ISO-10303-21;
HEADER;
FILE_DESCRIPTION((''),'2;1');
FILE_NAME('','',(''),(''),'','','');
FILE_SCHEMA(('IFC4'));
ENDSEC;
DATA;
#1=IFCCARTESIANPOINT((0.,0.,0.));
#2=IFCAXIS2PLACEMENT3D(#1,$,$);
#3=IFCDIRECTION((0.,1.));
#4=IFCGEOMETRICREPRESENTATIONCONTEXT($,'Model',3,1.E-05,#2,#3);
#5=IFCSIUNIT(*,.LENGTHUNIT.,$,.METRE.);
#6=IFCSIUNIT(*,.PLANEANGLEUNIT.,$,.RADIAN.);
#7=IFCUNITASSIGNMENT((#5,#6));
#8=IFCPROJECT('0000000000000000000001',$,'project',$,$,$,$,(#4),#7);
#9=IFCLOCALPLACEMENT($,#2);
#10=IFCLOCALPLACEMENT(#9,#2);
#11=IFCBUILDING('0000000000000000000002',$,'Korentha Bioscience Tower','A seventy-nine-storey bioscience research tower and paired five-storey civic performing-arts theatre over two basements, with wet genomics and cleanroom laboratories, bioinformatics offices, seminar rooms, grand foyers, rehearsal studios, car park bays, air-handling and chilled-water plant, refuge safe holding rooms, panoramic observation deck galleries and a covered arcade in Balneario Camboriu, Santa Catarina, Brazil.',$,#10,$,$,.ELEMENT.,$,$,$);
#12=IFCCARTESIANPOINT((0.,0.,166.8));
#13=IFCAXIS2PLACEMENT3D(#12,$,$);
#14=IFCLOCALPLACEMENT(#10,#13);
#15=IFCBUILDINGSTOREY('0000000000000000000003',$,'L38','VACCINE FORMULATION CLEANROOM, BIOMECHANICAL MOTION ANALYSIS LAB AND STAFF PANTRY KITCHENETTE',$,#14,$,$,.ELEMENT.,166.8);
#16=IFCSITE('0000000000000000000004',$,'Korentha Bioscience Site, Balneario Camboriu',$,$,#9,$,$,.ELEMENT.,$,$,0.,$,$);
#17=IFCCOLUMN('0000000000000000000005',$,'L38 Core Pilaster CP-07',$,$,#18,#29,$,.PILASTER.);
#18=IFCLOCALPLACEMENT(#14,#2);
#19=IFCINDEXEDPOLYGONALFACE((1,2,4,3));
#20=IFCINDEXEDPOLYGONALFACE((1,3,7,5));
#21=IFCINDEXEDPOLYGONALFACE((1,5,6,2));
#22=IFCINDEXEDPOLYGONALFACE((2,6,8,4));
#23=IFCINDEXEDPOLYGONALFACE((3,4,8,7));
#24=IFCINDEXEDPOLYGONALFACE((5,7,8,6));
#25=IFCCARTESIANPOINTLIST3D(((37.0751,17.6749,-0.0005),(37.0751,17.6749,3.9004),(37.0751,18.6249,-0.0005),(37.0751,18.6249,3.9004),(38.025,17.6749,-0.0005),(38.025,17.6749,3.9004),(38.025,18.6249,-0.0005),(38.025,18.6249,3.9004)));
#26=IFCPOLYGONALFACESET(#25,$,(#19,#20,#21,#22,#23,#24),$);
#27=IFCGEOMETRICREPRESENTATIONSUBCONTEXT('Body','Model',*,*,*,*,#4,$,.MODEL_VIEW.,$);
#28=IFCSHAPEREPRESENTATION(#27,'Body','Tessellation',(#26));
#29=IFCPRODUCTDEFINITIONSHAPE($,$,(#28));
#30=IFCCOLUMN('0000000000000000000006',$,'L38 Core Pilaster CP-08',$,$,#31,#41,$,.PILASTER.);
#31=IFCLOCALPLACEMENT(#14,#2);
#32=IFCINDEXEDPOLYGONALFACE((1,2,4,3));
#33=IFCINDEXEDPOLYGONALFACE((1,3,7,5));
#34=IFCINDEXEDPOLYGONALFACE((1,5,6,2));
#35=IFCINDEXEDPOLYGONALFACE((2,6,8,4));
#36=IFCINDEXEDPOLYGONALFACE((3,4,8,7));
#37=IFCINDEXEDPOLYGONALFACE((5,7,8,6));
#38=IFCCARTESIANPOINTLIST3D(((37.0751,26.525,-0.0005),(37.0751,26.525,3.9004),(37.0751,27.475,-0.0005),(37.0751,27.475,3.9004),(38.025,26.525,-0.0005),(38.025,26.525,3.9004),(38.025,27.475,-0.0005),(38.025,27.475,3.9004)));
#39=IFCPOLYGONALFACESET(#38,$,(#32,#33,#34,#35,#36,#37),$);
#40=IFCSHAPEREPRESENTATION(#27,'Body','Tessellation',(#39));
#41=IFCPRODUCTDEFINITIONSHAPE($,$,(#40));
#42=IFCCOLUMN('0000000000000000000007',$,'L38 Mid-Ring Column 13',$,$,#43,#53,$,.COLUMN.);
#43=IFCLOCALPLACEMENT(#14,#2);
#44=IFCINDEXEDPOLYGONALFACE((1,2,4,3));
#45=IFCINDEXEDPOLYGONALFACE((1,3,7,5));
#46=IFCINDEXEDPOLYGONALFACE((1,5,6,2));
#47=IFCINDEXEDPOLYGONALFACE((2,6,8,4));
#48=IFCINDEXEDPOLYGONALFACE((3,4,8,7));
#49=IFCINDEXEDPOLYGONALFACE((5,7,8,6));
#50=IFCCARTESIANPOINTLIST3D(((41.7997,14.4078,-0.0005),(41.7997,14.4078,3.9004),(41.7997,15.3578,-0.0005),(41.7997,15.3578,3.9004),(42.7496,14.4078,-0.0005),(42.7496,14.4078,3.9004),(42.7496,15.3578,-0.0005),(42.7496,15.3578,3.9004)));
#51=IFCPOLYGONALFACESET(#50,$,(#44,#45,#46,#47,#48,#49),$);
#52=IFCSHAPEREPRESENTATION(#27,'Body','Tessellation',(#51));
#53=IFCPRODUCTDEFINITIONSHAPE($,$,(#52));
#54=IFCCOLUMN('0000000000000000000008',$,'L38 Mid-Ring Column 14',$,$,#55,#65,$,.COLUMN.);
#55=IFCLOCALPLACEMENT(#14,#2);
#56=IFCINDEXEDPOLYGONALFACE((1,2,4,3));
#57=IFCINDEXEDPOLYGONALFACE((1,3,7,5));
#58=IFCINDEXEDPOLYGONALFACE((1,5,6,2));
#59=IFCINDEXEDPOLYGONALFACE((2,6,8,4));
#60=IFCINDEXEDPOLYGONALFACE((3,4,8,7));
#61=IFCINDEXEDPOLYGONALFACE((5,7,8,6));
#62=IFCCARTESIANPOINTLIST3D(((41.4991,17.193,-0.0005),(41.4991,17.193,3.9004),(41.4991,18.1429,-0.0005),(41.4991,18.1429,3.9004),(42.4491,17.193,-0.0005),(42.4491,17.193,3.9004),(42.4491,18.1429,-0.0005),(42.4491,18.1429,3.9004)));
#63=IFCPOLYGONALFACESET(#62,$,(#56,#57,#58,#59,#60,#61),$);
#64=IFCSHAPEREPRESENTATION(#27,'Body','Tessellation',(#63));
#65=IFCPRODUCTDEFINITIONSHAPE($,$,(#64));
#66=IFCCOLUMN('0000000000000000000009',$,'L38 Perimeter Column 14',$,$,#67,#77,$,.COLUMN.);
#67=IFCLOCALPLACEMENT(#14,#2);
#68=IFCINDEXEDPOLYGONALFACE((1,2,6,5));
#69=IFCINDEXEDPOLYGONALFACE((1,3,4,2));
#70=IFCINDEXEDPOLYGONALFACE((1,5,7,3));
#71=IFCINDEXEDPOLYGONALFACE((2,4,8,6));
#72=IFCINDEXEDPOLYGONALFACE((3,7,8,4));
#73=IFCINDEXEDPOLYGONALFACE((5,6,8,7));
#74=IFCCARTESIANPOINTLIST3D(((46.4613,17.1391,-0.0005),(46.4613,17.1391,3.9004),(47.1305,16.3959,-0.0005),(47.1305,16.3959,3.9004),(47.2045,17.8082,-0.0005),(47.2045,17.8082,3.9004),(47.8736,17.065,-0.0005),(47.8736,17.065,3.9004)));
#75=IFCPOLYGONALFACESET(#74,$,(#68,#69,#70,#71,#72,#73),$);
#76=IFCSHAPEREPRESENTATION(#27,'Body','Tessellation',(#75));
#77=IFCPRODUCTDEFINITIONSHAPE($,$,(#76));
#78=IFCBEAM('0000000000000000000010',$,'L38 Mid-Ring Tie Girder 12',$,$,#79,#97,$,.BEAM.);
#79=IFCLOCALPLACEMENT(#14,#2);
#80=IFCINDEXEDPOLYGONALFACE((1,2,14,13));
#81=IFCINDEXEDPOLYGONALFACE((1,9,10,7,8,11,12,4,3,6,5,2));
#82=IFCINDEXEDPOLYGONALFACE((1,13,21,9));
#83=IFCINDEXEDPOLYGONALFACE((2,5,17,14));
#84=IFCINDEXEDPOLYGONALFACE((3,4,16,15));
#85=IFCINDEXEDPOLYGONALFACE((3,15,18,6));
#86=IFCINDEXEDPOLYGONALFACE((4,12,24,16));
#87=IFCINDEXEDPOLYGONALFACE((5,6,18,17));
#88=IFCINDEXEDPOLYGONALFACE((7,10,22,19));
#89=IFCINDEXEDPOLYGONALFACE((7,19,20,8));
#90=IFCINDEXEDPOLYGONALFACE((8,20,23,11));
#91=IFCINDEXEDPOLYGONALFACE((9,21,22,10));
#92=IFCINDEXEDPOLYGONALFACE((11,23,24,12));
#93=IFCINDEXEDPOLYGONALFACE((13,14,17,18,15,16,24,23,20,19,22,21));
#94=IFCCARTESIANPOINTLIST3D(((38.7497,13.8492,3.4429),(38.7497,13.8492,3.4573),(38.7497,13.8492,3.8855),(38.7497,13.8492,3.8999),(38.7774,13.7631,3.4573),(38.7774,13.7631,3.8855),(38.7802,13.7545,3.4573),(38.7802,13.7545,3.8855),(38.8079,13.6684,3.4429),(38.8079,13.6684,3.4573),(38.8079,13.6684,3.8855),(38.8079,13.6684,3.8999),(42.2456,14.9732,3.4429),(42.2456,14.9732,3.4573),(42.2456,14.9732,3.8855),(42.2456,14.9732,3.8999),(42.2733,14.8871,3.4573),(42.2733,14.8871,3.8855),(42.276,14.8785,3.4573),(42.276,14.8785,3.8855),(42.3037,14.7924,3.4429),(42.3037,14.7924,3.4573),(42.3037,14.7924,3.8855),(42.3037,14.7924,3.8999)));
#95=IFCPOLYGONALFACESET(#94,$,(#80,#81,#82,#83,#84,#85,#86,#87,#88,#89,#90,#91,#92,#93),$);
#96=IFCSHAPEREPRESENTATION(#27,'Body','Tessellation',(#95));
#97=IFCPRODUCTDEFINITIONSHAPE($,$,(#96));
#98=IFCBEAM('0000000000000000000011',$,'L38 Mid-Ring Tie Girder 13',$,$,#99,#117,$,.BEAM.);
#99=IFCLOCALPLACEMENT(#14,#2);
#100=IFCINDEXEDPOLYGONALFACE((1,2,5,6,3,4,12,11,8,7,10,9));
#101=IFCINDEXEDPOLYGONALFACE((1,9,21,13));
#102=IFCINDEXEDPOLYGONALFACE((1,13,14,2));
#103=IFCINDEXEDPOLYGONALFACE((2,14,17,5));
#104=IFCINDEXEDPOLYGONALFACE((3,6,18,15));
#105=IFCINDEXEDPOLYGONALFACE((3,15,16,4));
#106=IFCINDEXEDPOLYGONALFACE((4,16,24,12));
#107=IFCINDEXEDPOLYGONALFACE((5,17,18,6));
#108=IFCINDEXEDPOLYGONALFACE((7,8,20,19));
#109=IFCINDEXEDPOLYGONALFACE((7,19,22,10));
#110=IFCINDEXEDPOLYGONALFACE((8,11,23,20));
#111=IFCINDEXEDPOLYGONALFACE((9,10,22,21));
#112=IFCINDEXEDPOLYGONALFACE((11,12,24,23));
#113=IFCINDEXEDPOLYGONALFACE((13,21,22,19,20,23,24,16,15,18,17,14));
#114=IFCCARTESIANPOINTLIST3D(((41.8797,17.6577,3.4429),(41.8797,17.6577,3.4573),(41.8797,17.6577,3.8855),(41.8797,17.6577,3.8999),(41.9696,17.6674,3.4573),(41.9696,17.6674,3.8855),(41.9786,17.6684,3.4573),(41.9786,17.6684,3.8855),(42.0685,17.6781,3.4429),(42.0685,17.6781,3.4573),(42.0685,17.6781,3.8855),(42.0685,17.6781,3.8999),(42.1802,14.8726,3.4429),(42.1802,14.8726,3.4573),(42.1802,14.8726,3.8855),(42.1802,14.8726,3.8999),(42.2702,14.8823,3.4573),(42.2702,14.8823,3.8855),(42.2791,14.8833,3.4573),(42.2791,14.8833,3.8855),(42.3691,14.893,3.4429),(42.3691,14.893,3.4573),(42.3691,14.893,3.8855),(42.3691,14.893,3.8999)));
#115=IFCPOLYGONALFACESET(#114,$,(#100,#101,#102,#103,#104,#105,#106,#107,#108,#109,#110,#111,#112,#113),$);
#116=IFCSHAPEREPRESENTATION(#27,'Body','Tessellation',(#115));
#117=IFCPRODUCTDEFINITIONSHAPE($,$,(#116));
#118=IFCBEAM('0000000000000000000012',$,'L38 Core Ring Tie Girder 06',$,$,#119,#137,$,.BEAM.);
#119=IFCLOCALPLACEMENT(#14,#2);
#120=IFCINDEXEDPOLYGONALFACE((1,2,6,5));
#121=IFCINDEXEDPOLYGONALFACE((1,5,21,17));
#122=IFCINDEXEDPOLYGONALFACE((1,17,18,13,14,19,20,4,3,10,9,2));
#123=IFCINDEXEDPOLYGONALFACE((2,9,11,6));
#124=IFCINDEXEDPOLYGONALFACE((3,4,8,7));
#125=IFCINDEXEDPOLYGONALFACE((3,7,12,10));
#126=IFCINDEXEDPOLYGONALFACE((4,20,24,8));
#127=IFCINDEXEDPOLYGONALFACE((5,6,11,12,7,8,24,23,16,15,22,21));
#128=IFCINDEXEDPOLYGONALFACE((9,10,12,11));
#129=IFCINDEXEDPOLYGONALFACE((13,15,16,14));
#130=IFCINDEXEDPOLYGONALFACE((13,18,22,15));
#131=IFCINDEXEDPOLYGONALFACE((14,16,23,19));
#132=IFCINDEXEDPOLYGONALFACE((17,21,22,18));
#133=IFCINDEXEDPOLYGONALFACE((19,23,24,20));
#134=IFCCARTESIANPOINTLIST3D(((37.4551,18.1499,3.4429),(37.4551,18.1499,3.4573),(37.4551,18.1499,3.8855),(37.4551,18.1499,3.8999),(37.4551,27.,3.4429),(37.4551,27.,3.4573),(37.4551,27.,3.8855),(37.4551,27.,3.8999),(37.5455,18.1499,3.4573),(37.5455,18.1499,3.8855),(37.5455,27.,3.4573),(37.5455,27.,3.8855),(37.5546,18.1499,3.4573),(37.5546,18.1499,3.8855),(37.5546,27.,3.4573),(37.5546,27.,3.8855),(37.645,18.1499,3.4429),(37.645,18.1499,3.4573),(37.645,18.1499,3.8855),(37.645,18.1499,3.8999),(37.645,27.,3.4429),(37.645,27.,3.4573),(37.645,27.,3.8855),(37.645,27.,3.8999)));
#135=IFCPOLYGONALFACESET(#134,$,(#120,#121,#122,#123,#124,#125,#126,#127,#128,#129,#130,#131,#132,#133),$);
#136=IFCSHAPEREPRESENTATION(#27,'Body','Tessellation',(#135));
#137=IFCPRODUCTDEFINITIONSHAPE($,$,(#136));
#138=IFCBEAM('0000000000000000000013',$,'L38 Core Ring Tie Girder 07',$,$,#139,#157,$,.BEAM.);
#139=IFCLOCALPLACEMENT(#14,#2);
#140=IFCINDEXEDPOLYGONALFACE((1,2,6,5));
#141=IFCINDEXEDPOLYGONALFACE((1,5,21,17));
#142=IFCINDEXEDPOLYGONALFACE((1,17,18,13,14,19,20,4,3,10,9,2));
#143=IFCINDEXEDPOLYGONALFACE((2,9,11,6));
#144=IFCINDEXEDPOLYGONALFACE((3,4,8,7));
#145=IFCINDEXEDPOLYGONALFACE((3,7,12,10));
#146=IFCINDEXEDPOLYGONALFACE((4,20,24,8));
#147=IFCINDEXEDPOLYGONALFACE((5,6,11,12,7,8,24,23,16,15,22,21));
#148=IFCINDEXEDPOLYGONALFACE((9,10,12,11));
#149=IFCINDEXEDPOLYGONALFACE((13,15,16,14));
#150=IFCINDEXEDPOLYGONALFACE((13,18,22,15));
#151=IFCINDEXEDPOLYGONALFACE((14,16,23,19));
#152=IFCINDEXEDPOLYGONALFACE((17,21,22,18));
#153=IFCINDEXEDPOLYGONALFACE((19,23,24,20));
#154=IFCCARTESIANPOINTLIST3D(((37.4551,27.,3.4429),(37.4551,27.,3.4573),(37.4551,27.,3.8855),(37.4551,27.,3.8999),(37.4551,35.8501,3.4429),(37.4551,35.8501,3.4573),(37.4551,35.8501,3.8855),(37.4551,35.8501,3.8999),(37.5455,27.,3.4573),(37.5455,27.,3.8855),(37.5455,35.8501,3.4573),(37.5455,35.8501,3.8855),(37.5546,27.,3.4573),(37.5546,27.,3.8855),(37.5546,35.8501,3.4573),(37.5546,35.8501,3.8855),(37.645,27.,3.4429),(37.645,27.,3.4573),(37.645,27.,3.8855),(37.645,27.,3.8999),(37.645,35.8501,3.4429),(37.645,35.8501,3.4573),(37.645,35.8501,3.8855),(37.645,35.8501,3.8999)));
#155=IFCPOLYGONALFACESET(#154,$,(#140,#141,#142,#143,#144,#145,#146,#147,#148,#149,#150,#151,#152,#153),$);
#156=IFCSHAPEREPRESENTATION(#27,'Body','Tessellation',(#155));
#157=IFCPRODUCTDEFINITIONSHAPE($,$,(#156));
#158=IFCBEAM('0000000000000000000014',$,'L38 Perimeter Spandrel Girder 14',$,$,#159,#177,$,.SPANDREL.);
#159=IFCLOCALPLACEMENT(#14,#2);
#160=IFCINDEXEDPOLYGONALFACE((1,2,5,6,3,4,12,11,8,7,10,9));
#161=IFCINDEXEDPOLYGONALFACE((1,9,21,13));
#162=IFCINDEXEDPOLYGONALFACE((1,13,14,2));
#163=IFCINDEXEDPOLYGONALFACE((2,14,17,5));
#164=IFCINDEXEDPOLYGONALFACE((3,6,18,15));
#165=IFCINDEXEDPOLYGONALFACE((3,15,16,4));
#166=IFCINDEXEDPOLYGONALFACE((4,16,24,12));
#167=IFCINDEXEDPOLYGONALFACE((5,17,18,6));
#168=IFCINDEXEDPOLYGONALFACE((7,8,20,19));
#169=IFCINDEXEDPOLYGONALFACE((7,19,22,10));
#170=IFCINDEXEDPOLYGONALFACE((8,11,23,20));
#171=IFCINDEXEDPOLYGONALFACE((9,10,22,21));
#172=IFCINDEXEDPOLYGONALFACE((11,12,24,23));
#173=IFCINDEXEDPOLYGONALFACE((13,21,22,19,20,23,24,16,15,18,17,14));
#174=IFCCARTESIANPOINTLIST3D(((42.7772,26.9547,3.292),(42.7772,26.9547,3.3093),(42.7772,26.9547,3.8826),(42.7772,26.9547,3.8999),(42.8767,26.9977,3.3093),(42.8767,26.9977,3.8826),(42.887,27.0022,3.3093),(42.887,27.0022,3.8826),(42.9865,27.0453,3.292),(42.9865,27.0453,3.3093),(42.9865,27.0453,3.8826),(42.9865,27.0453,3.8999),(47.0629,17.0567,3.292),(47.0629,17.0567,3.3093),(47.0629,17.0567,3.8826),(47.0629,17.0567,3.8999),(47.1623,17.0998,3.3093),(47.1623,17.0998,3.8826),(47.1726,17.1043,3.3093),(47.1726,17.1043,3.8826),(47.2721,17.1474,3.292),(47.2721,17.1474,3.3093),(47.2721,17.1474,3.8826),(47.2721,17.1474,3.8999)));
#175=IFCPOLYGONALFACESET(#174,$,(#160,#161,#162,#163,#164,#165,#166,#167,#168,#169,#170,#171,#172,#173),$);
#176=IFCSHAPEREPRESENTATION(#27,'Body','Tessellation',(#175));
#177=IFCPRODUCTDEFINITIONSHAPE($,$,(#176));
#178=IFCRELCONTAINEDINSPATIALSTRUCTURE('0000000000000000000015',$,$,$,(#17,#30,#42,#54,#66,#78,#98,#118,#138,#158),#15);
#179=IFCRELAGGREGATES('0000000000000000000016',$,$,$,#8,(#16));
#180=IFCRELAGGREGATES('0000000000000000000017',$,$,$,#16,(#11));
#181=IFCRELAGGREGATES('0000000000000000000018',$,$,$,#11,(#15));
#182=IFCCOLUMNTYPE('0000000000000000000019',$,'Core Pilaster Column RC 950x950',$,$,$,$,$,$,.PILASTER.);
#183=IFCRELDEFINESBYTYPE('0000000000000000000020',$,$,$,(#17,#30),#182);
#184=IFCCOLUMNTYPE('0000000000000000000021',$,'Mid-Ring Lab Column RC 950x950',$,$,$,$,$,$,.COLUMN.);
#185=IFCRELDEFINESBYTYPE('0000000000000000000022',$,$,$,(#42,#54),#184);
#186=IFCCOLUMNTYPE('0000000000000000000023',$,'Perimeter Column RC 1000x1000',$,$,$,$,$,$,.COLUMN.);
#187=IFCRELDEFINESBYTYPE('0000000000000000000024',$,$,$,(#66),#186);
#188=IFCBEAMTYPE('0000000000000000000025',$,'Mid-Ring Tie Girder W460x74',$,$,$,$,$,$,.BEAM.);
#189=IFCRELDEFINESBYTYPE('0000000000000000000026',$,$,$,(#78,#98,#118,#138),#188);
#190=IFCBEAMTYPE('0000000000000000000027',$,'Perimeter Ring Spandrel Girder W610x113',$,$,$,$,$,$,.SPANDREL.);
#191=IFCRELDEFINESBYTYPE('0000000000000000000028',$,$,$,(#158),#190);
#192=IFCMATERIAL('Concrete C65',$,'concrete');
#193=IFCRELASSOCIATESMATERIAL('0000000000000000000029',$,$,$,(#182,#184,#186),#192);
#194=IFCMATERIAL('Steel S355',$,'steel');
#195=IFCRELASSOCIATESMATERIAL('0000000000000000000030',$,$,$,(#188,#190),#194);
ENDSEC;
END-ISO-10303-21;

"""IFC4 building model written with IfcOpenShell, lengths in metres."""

from ifc_helpers import new_model, si_unit, direction, frame, origin, origin_2d, place, context, subcontext, project, spatial, rectangle, i_section, extrude, material, material_profile, profile_set, type_object, element, save


model = new_model("IFC4")

# Units and contexts
model_context = context("Model", 3, precision=1e-05, world=origin(), true_north=direction((0.0, 1.0)))
body_context = subcontext(model_context, "Body", "Model", "MODEL_VIEW")
ifc_project = project(units=[si_unit("LENGTHUNIT", "METRE"), si_unit("PLANEANGLEUNIT", "RADIAN")], contexts=[model_context])

# Site, building, storey
site_placement = place(None, origin())
site = spatial("IfcSite", under=ifc_project, at=site_placement, Name="Korentha Bioscience Site, Balneario Camboriu", CompositionType="ELEMENT", RefElevation=0.0)
building_placement = place(site_placement, origin())
building = spatial("IfcBuilding", under=site, at=building_placement, Name="Korentha Bioscience Tower", Description="A seventy-nine-storey bioscience research tower and paired five-storey civic performing-arts theatre over two basements, with wet genomics and cleanroom laboratories, bioinformatics offices, seminar rooms, grand foyers, rehearsal studios, car park bays, air-handling and chilled-water plant, refuge safe holding rooms, panoramic observation deck galleries and a covered arcade in Balneario Camboriu, Santa Catarina, Brazil.", CompositionType="ELEMENT")
storey_placement = place(building_placement, frame((0.0, 0.0, 166.8)))
storey = spatial("IfcBuildingStorey", under=building, at=storey_placement, Name="L38", Description="VACCINE FORMULATION CLEANROOM, BIOMECHANICAL MOTION ANALYSIS LAB AND STAFF PANTRY KITCHENETTE", CompositionType="ELEMENT", Elevation=166.8)

# Columns
ifc_material_1 = material(Name="Concrete C65", Category="concrete")
ifc_material_profile_1 = material_profile(ifc_material_1, rectangle(XDim=0.95, YDim=0.95, at=origin_2d()), Name="Concrete C65")
ifc_profile_set_1 = profile_set([ifc_material_profile_1], Name="Concrete C65 (COL-CP09)")
column_type_1 = type_object("IfcColumnType", Name="Core Pilaster Column RC 950x950", PredefinedType="PILASTER", material=ifc_profile_set_1)
for number, where, z_axis, x_axis, name in (
    (1, (37.55, 18.1499, -0.0005), (0.0, 0.0, 1.0), (1.0, 0.0, 0.0), "L38 Core Pilaster CP-07"),
    (2, (37.55, 27.0, -0.0005), (0.0, 0.0, 1.0), (1.0, 0.0, 0.0), "L38 Core Pilaster CP-08"),
):
    element("IfcColumn", number, at=place(storey_placement, frame(where, z_axis=z_axis, x_axis=x_axis)), inside=storey, type_object=column_type_1, Name=name, PredefinedType="PILASTER", context=body_context, shape_type="SweptSolid", body=[
        extrude(rectangle(XDim=0.95, YDim=0.95, at=origin_2d()), origin(), (0.0, 0.0, 1.0), 3.9009),
    ])
ifc_material_profile_2 = material_profile(ifc_material_1, rectangle(XDim=0.95, YDim=0.95, at=origin_2d()), Name="Concrete C65")
ifc_profile_set_2 = profile_set([ifc_material_profile_2], Name="Concrete C65 (COL-MR09)")
column_type_2 = type_object("IfcColumnType", Name="Mid-Ring Lab Column RC 950x950", PredefinedType="COLUMN", material=ifc_profile_set_2)
for number, where, z_axis, x_axis, name in (
    (3, (42.2747, 14.8828, -0.0005), (0.0, 0.0, 1.0), (1.0, 0.0, 0.0), "L38 Mid-Ring Column 13"),
    (4, (41.9741, 17.668, -0.0005), (0.0, 0.0, 1.0), (1.0, 0.0, 0.0), "L38 Mid-Ring Column 14"),
):
    element("IfcColumn", number, at=place(storey_placement, frame(where, z_axis=z_axis, x_axis=x_axis)), inside=storey, type_object=column_type_2, Name=name, PredefinedType="COLUMN", context=body_context, shape_type="SweptSolid", body=[
        extrude(rectangle(XDim=0.95, YDim=0.95, at=origin_2d()), origin(), (0.0, 0.0, 1.0), 3.9009),
    ])
ifc_material_profile_3 = material_profile(ifc_material_1, rectangle(XDim=1.0, YDim=1.0, at=origin_2d()), Name="Concrete C65")
ifc_profile_set_3 = profile_set([ifc_material_profile_3], Name="Concrete C65 (COL-P10)")
column_type_3 = type_object("IfcColumnType", Name="Perimeter Column RC 1000x1000", PredefinedType="COLUMN", material=ifc_profile_set_3)
column_placement = place(storey_placement, frame((47.1675, 17.1021, -0.0005), z_axis=(0.0, 0.0, 1.0), x_axis=(-0.669131, 0.743145, 0.0)))
element("IfcColumn", 5, at=column_placement, inside=storey, type_object=column_type_3, Name="L38 Perimeter Column 14", PredefinedType="COLUMN", context=body_context, shape_type="SweptSolid", body=[
    extrude(rectangle(XDim=1.0, YDim=1.0, at=origin_2d()), origin(), (0.0, 0.0, 1.0), 3.9009),
])

# Beams
ifc_material_2 = material(Name="Steel S355", Category="steel")
ifc_material_profile_4 = material_profile(ifc_material_2, i_section(OverallWidth=0.1899, OverallDepth=0.457, WebThickness=0.009, FlangeThickness=0.0144, at=origin_2d()), Name="Steel S355")
ifc_profile_set_4 = profile_set([ifc_material_profile_4], Name="Steel S355 (MB-460)")
beam_type_1 = type_object("IfcBeamType", Name="Mid-Ring Tie Girder W460x74", PredefinedType="BEAM", material=ifc_profile_set_4)
beam_1_placement = place(storey_placement, frame((38.7788, 13.7588, 3.6714), z_axis=(0.952, 0.306097, 0.0), x_axis=(-0.306097, 0.952, 0.0)))
element("IfcBeam", 6, at=beam_1_placement, inside=storey, type_object=beam_type_1, Name="L38 Mid-Ring Tie Girder 12", PredefinedType="BEAM", context=body_context, shape_type="SweptSolid", body=[
    extrude(i_section(OverallWidth=0.1899, OverallDepth=0.457, WebThickness=0.009, FlangeThickness=0.0144, at=origin_2d()), origin(), (0.0, 0.0, 1.0), 3.6721),
])
beam_2_placement = place(storey_placement, frame((42.2747, 14.8828, 3.6714), z_axis=(-0.107284, 0.994228, 0.0), x_axis=(-0.994228, -0.107284, 0.0)))
element("IfcBeam", 7, at=beam_2_placement, inside=storey, type_object=beam_type_1, Name="L38 Mid-Ring Tie Girder 13", PredefinedType="BEAM", context=body_context, shape_type="SweptSolid", body=[
    extrude(i_section(OverallWidth=0.1899, OverallDepth=0.457, WebThickness=0.009, FlangeThickness=0.0144, at=origin_2d()), origin(), (0.0, 0.0, 1.0), 2.8013),
])
for number, where, z_axis, x_axis, name in (
    (8, (37.55, 18.1499, 3.6714), (0.0, 1.0, 0.0), (-1.0, 0.0, 0.0), "L38 Core Ring Tie Girder 06"),
    (9, (37.55, 27.0, 3.6714), (0.0, 1.0, 0.0), (-1.0, 0.0, 0.0), "L38 Core Ring Tie Girder 07"),
):
    element("IfcBeam", number, at=place(storey_placement, frame(where, z_axis=z_axis, x_axis=x_axis)), inside=storey, type_object=beam_type_1, Name=name, PredefinedType="BEAM", context=body_context, shape_type="SweptSolid", body=[
        extrude(i_section(OverallWidth=0.1899, OverallDepth=0.457, WebThickness=0.009, FlangeThickness=0.0144, at=origin_2d()), origin(), (0.0, 0.0, 1.0), 8.8501),
    ])
ifc_material_profile_5 = material_profile(ifc_material_2, i_section(OverallWidth=0.228, OverallDepth=0.6079, WebThickness=0.0112, FlangeThickness=0.0173, at=origin_2d()), Name="Steel S355")
ifc_profile_set_5 = profile_set([ifc_material_profile_5], Name="Steel S355 (SB-610)")
beam_type_2 = type_object("IfcBeamType", Name="Perimeter Ring Spandrel Girder W610x113", PredefinedType="SPANDREL", material=ifc_profile_set_5)
beam_3_placement = place(storey_placement, frame((47.1675, 17.1021, 3.5959), z_axis=(-0.397337, 0.917673, 0.0), x_axis=(-0.917673, -0.397337, 0.0)))
element("IfcBeam", 10, at=beam_3_placement, inside=storey, type_object=beam_type_2, Name="L38 Perimeter Spandrel Girder 14", PredefinedType="SPANDREL", context=body_context, shape_type="SweptSolid", body=[
    extrude(i_section(OverallWidth=0.228, OverallDepth=0.6079, WebThickness=0.0112, FlangeThickness=0.0173, at=origin_2d()), origin(), (0.0, 0.0, 1.0), 10.7859),
])

save(model, "model.ifc")
